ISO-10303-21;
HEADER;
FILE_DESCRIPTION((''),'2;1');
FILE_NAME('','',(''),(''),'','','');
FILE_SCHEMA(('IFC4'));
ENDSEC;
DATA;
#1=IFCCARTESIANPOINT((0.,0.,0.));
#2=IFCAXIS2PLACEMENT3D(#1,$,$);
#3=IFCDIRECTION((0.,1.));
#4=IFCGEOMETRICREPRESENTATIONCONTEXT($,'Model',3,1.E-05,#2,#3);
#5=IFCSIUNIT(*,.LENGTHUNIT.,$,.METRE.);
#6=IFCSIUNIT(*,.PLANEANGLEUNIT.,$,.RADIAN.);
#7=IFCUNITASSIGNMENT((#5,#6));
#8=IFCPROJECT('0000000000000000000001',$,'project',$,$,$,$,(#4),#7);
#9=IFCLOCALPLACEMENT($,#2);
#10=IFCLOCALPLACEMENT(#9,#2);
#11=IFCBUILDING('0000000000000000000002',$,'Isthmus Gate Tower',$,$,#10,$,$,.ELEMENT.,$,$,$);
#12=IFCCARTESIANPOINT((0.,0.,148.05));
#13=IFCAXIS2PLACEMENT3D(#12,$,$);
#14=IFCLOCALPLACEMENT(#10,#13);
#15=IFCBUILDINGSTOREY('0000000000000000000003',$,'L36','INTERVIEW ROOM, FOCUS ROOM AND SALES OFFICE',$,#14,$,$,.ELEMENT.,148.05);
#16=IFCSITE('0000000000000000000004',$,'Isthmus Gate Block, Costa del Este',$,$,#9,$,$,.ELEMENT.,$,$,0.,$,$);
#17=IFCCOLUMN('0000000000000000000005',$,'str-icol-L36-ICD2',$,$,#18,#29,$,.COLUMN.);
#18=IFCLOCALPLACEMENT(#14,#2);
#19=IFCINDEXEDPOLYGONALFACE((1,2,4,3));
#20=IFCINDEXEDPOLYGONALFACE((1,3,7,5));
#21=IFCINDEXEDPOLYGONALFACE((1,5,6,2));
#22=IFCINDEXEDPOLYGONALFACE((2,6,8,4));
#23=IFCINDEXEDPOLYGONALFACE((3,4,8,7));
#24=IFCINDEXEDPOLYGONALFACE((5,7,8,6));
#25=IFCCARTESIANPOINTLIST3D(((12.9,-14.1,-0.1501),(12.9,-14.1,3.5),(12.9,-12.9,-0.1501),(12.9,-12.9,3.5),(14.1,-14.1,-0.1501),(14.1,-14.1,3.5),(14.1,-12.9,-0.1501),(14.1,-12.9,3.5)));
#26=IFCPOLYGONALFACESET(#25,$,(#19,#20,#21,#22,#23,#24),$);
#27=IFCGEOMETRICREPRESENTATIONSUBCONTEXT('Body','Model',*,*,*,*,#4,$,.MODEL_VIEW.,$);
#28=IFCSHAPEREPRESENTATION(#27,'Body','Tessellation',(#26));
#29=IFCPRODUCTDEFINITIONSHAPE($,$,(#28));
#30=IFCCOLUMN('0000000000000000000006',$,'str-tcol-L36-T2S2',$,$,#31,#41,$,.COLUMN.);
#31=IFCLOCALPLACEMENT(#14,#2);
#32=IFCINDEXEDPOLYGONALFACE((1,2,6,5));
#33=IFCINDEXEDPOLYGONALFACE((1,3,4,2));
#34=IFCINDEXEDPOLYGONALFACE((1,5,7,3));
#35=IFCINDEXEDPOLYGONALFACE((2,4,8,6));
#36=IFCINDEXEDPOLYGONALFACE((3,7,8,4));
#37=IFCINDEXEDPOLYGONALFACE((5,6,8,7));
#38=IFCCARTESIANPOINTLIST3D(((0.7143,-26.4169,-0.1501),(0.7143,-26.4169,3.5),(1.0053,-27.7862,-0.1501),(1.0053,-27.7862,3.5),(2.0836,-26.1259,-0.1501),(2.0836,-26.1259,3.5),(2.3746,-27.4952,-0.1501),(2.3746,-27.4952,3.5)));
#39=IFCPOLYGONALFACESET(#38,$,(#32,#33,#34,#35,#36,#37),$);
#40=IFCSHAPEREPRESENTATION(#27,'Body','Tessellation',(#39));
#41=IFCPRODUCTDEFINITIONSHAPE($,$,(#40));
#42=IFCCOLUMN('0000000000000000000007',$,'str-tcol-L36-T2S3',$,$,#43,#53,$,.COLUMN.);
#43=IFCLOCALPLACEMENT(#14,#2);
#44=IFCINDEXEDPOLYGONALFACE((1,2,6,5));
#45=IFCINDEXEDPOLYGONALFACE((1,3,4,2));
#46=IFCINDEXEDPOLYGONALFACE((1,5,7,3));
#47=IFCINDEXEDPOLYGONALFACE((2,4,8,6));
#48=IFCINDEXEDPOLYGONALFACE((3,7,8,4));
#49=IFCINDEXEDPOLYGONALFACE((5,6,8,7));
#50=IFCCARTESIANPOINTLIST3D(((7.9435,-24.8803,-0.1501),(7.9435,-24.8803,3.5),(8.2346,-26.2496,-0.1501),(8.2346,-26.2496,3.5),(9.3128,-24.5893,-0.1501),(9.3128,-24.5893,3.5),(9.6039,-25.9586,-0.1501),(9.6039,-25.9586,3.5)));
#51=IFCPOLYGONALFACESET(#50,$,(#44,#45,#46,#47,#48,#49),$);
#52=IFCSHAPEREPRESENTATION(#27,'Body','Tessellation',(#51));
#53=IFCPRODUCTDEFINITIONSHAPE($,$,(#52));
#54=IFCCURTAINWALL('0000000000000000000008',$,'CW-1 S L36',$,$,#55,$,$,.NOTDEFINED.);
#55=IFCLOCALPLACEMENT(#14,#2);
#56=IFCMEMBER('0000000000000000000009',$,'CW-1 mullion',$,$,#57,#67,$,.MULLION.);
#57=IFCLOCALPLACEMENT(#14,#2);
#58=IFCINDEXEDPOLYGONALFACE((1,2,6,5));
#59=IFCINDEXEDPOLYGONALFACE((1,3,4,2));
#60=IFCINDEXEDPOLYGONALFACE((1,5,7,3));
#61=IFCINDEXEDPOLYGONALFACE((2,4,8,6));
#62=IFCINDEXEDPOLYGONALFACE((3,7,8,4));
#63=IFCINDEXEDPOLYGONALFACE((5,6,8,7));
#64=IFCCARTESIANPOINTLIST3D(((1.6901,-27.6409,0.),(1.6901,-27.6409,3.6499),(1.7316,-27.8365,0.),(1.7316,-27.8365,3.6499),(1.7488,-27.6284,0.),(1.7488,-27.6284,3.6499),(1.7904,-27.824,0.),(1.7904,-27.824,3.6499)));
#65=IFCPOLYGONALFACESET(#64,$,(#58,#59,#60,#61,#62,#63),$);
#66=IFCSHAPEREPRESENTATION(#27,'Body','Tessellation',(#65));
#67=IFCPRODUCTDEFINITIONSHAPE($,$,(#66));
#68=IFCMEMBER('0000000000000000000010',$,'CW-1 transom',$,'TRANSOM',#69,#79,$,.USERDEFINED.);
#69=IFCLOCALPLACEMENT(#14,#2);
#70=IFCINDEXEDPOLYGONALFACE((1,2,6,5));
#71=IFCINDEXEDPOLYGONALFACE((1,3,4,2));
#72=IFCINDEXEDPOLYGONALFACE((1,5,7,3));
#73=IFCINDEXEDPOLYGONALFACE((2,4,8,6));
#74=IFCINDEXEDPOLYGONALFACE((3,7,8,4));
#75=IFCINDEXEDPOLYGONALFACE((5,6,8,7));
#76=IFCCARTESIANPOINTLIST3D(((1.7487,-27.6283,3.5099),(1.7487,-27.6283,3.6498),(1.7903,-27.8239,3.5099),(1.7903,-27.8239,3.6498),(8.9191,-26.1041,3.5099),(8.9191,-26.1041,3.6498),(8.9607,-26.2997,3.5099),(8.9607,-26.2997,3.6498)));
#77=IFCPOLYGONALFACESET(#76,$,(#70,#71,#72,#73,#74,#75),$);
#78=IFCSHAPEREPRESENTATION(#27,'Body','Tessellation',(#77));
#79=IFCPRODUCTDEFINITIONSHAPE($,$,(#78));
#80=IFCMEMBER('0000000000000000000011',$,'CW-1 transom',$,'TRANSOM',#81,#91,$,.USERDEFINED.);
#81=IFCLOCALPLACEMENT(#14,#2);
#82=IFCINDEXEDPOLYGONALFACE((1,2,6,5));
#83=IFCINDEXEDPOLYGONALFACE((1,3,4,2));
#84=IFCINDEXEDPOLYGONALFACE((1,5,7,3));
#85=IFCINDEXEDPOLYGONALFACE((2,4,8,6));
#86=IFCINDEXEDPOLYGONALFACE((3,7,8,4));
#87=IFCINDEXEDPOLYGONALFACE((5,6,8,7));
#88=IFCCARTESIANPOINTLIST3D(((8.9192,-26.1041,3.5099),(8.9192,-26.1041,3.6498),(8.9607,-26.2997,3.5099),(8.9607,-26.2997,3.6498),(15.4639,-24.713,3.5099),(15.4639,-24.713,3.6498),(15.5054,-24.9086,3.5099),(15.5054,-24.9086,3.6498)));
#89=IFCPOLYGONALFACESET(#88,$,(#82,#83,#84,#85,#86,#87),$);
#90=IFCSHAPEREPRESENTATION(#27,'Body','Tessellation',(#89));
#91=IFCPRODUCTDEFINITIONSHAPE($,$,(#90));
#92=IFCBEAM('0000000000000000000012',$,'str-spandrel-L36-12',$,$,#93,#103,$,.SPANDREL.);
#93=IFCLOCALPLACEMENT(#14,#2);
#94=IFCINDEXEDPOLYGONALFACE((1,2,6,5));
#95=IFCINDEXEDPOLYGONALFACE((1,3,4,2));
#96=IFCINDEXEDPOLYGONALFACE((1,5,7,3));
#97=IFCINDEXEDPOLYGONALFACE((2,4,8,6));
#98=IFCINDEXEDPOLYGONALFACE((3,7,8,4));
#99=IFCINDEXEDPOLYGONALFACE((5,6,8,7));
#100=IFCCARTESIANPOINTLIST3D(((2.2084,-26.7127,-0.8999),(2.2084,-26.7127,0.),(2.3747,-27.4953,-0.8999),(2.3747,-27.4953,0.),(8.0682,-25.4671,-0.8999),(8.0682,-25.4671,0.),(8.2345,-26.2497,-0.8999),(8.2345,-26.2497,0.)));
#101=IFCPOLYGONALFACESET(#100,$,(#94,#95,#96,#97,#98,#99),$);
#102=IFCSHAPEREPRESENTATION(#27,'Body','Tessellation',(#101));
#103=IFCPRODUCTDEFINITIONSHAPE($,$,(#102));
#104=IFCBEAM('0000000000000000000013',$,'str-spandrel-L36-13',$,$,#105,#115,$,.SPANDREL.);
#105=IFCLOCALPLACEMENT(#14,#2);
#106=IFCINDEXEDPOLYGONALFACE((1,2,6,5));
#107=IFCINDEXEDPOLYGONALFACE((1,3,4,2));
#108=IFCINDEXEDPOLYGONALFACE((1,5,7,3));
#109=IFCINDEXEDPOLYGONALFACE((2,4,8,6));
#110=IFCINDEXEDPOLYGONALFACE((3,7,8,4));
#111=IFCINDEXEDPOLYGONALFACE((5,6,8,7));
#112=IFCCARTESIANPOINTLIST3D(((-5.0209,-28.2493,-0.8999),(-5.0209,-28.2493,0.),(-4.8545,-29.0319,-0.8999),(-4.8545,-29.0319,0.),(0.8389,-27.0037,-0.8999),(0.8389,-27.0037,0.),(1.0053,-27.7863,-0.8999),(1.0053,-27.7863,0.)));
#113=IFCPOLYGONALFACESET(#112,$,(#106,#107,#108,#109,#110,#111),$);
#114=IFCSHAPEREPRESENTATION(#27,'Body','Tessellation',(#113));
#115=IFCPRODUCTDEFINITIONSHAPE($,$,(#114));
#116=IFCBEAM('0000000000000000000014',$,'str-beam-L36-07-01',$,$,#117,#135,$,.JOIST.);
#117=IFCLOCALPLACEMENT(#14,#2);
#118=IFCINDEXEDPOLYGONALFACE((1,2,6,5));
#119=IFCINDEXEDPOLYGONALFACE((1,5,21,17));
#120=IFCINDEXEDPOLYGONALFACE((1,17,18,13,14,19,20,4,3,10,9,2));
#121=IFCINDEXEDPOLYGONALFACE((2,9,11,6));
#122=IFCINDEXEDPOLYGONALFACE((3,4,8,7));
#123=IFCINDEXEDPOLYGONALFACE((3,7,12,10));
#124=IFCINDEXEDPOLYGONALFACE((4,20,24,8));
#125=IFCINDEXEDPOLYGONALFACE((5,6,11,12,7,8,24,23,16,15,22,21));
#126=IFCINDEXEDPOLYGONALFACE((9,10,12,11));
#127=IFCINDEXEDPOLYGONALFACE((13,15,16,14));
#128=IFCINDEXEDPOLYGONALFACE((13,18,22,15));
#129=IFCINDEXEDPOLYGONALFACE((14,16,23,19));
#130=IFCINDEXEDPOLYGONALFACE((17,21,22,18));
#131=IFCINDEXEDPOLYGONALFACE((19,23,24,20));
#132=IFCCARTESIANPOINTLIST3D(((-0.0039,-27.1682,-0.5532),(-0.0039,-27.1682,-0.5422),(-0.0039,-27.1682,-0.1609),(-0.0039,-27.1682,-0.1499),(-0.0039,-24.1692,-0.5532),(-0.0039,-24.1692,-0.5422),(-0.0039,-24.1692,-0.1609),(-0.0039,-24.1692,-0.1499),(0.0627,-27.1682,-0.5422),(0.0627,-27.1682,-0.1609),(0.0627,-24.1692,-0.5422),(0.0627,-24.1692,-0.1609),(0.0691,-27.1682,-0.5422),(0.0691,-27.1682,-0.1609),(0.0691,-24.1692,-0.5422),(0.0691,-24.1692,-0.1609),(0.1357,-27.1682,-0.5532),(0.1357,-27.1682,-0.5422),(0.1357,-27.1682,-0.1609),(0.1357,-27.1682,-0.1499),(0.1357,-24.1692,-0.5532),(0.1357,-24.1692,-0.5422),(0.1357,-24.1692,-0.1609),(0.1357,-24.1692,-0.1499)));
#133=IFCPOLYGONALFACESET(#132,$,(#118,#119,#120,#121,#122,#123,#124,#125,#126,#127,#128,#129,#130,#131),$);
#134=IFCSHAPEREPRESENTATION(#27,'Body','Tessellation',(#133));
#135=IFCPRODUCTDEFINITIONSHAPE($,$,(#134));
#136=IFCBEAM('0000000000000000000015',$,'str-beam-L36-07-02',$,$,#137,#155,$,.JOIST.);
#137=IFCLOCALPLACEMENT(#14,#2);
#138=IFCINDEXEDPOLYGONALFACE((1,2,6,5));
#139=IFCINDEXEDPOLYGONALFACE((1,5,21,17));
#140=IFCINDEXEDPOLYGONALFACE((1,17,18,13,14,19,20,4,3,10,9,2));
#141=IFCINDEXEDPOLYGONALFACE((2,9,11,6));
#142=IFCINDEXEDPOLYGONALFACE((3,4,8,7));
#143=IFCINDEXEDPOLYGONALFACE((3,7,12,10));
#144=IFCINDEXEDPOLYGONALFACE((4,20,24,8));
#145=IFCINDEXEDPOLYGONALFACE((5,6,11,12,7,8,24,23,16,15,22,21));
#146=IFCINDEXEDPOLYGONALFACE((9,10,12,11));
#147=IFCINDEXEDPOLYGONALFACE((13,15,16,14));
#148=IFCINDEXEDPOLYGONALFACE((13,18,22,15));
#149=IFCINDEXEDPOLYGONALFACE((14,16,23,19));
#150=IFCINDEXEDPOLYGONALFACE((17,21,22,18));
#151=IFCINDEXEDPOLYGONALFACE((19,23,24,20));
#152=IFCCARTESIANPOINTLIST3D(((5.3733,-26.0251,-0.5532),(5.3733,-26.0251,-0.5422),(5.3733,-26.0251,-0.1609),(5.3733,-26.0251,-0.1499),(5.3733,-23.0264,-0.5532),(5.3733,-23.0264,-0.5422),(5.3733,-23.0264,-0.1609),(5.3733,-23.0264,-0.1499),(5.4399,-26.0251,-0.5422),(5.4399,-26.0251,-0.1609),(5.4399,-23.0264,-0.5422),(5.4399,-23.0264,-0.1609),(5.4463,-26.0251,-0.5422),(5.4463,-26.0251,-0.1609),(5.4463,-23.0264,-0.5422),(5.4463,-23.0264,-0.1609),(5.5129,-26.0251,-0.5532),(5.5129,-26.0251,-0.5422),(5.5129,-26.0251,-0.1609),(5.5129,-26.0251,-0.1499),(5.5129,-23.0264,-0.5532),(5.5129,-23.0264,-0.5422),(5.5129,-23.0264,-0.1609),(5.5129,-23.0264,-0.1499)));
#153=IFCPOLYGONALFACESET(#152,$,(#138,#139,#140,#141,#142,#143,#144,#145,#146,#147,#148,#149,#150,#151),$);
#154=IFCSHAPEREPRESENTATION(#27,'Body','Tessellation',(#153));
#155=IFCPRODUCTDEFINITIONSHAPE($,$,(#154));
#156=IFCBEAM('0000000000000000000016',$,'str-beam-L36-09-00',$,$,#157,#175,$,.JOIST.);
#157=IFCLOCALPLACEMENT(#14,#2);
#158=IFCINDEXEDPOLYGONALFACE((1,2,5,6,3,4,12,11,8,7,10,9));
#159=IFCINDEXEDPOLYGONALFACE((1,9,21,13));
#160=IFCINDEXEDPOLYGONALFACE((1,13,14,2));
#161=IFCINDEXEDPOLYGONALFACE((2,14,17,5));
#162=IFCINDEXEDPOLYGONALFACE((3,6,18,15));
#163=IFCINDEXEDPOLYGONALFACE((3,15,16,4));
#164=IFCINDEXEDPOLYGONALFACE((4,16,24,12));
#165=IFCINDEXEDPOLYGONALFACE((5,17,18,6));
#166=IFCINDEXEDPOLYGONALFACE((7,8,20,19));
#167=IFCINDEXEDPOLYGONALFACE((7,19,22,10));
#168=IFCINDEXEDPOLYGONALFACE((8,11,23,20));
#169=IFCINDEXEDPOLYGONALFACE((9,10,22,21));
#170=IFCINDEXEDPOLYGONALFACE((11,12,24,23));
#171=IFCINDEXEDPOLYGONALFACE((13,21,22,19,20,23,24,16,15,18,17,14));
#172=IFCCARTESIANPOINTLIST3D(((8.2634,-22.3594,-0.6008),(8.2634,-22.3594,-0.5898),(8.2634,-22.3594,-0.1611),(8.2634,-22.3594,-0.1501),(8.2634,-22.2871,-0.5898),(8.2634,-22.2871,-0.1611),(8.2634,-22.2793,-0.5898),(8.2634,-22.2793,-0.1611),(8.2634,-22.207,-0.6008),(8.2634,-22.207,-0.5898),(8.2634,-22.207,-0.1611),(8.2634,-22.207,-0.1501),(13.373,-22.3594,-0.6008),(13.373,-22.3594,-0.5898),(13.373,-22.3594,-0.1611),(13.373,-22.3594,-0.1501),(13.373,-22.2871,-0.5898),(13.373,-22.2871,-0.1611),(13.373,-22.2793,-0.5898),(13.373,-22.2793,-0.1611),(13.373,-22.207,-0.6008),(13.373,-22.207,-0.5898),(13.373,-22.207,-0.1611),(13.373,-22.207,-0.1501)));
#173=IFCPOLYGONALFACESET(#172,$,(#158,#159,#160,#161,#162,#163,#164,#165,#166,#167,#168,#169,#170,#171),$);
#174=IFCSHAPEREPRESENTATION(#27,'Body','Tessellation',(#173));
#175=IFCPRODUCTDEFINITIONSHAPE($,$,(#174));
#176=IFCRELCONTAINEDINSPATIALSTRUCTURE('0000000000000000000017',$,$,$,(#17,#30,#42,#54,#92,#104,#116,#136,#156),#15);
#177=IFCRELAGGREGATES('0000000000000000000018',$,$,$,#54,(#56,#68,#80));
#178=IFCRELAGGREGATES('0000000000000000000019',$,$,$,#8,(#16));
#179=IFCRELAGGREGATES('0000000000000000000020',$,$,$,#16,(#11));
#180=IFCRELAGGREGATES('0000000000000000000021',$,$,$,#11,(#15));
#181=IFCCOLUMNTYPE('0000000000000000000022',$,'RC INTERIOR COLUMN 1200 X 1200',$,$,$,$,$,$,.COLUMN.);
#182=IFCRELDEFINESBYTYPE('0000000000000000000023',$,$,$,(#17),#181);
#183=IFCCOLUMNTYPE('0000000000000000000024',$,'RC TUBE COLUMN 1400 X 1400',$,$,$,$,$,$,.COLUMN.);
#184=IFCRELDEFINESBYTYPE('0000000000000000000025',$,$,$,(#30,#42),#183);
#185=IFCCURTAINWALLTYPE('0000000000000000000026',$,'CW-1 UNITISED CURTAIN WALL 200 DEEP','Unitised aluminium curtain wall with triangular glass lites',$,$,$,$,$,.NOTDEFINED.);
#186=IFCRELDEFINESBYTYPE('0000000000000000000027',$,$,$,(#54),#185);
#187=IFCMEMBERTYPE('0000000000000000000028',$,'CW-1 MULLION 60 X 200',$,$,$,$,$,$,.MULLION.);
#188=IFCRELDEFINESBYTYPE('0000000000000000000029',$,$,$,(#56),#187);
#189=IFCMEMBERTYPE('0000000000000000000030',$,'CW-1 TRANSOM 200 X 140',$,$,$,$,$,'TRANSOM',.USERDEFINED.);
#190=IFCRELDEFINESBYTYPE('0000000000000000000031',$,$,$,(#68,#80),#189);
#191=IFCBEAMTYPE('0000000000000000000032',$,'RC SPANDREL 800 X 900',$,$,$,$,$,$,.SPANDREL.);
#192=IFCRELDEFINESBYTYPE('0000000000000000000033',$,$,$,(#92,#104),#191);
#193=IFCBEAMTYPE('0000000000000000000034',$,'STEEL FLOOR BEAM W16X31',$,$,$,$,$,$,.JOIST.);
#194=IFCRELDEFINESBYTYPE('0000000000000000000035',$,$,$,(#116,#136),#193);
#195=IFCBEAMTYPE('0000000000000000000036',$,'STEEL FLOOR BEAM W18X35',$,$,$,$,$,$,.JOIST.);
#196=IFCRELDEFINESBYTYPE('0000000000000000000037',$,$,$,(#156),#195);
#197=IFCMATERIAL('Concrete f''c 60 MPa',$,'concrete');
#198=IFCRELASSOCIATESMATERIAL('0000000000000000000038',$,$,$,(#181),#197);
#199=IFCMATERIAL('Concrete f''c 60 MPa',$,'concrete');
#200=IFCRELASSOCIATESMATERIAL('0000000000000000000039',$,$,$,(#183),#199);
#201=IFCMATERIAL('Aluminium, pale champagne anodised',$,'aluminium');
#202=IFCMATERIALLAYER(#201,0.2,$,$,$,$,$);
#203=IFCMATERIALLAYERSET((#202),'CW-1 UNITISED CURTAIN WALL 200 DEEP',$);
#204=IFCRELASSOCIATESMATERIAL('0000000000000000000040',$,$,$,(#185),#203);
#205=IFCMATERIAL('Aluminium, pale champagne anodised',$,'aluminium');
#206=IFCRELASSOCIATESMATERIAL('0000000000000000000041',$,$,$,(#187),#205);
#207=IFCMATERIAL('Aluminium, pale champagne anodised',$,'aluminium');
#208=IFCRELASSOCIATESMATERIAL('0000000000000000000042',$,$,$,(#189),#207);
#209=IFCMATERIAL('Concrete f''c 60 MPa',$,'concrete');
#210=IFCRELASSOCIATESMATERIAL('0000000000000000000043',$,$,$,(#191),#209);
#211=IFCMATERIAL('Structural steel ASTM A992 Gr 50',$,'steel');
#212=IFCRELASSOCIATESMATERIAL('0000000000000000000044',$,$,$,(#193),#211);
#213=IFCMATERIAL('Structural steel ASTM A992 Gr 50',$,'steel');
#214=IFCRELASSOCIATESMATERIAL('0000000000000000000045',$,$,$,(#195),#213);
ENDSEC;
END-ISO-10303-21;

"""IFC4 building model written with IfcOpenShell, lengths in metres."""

from ifc_helpers import new_model, si_unit, direction, frame, origin, origin_2d, place, context, subcontext, project, spatial, rectangle, i_section, extrude, material, layer, layer_set, material_profile, profile_set, type_object, element, aggregate, save


model = new_model("IFC4")

# Units and contexts
model_context = context("Model", 3, precision=1e-05, world=origin(), true_north=direction((0.0, 1.0)))
body_context = subcontext(model_context, "Body", "Model", "MODEL_VIEW")
ifc_project = project(units=[si_unit("LENGTHUNIT", "METRE"), si_unit("PLANEANGLEUNIT", "RADIAN")], contexts=[model_context])

# Site, building, storey
site_placement = place(None, origin())
site = spatial("IfcSite", under=ifc_project, at=site_placement, Name="Isthmus Gate Block, Costa del Este", CompositionType="ELEMENT", RefElevation=0.0)
building_placement = place(site_placement, origin())
building = spatial("IfcBuilding", under=site, at=building_placement, Name="Isthmus Gate Tower", CompositionType="ELEMENT")
storey_placement = place(building_placement, frame((0.0, 0.0, 148.05)))
storey = spatial("IfcBuildingStorey", under=building, at=storey_placement, Name="L36", Description="INTERVIEW ROOM, FOCUS ROOM AND SALES OFFICE", CompositionType="ELEMENT", Elevation=148.05)

# Columns
ifc_material_1 = material(Name="Concrete f'c 60 MPa", Category="concrete")
ifc_material_profile_1 = material_profile(ifc_material_1, rectangle(XDim=1.2, YDim=1.2, at=origin_2d()), Name="RC 1200X1200")
ifc_profile_set_1 = profile_set([ifc_material_profile_1], Name="Concrete f'c 60 MPa")
column_type_1 = type_object("IfcColumnType", Name="RC INTERIOR COLUMN 1200 X 1200", PredefinedType="COLUMN", material=ifc_profile_set_1)
column_placement = place(storey_placement, frame((13.5, -13.5, -0.1501), z_axis=(0.0, 0.0, 1.0), x_axis=(1.0, 0.0, 0.0)))
element("IfcColumn", 1, at=column_placement, inside=storey, type_object=column_type_1, Name="str-icol-L36-ICD2", PredefinedType="COLUMN", context=body_context, shape_type="SweptSolid", body=[
    extrude(rectangle(XDim=1.2, YDim=1.2, at=origin_2d()), origin(), (0.0, 0.0, 1.0), 3.6501),
])
ifc_material_2 = material(Name="Concrete f'c 60 MPa", Category="concrete")
ifc_material_profile_2 = material_profile(ifc_material_2, rectangle(XDim=1.3999, YDim=1.3999, at=origin_2d()), Name="RC 1400X1400")
ifc_profile_set_2 = profile_set([ifc_material_profile_2], Name="Concrete f'c 60 MPa")
column_type_2 = type_object("IfcColumnType", Name="RC TUBE COLUMN 1400 X 1400", PredefinedType="COLUMN", material=ifc_profile_set_2)
for number, where, z_axis, x_axis, name in (
    (2, (1.5444, -26.9561, -0.1501), (0.0, 0.0, 1.0), (0.978148, 0.207912, 0.0), "str-tcol-L36-T2S2"),
    (3, (8.7737, -25.4194, -0.1501), (0.0, 0.0, 1.0), (0.978148, 0.207912, 0.0), "str-tcol-L36-T2S3"),
):
    element("IfcColumn", number, at=place(storey_placement, frame(where, z_axis=z_axis, x_axis=x_axis)), inside=storey, type_object=column_type_2, Name=name, PredefinedType="COLUMN", context=body_context, shape_type="SweptSolid", body=[
        extrude(rectangle(XDim=1.3999, YDim=1.3999, at=origin_2d()), origin(), (0.0, 0.0, 1.0), 3.6501),
    ])

# Curtain wall, members
ifc_material_3 = material(Name="Aluminium, pale champagne anodised", Category="aluminium")
ifc_layer_1 = layer(ifc_material_3, 0.2)
ifc_layer_set_1 = layer_set([ifc_layer_1], Name="CW-1 UNITISED CURTAIN WALL 200 DEEP")
curtain_wall_type = type_object("IfcCurtainWallType", Name="CW-1 UNITISED CURTAIN WALL 200 DEEP", Description="Unitised aluminium curtain wall with triangular glass lites", PredefinedType="NOTDEFINED", material=ifc_layer_set_1)
curtain_wall_placement = place(storey_placement, origin())
curtain_wall = element("IfcCurtainWall", 4, at=curtain_wall_placement, inside=storey, type_object=curtain_wall_type, Name="CW-1 S L36", PredefinedType="NOTDEFINED")
ifc_material_4 = material(Name="Aluminium, pale champagne anodised", Category="aluminium")
ifc_material_profile_3 = material_profile(ifc_material_4, rectangle(XDim=0.0601, YDim=0.2, at=origin_2d()), Name="60x200")
ifc_profile_set_3 = profile_set([ifc_material_profile_3], Name="Aluminium, pale champagne anodised")
member_type_1 = type_object("IfcMemberType", Name="CW-1 MULLION 60 X 200", PredefinedType="MULLION", material=ifc_profile_set_3)
member_1_placement = place(storey_placement, frame((1.7402, -27.7324, 0.0), z_axis=(0.0, 0.0, 1.0), x_axis=(0.978148, 0.207912, 0.0)))
member_1 = element("IfcMember", 5, at=member_1_placement, type_object=member_type_1, Name="CW-1 mullion", PredefinedType="MULLION", context=body_context, shape_type="SweptSolid", body=[
    extrude(rectangle(XDim=0.0601, YDim=0.2, at=origin_2d()), origin(), (0.0, 0.0, 1.0), 3.6499),
])
ifc_material_5 = material(Name="Aluminium, pale champagne anodised", Category="aluminium")
ifc_material_profile_4 = material_profile(ifc_material_5, rectangle(XDim=0.2, YDim=0.1399, at=origin_2d()), Name="200x140")
ifc_profile_set_4 = profile_set([ifc_material_profile_4], Name="Aluminium, pale champagne anodised")
member_type_2 = type_object("IfcMemberType", Name="CW-1 TRANSOM 200 X 140", ElementType="TRANSOM", PredefinedType="USERDEFINED", material=ifc_profile_set_4)
member_2_placement = place(storey_placement, frame((1.7695, -27.7261, 3.5798), z_axis=(0.978146, 0.207919, 0.0), x_axis=(-0.207919, 0.978146, 0.0)))
member_2 = element("IfcMember", 6, at=member_2_placement, type_object=member_type_2, Name="CW-1 transom", ObjectType="TRANSOM", PredefinedType="USERDEFINED", context=body_context, shape_type="SweptSolid", body=[
    extrude(rectangle(XDim=0.2, YDim=0.1399, at=origin_2d()), origin(), (0.0, 0.0, 1.0), 7.3306),
])
member_3_placement = place(storey_placement, frame((8.9399, -26.2019, 3.5798), z_axis=(0.978148, 0.207912, 0.0), x_axis=(-0.207912, 0.978148, 0.0)))
member_3 = element("IfcMember", 7, at=member_3_placement, type_object=member_type_2, Name="CW-1 transom", ObjectType="TRANSOM", PredefinedType="USERDEFINED", context=body_context, shape_type="SweptSolid", body=[
    extrude(rectangle(XDim=0.2, YDim=0.1399, at=origin_2d()), origin(), (0.0, 0.0, 1.0), 6.6909),
])

# Beams
ifc_material_6 = material(Name="Concrete f'c 60 MPa", Category="concrete")
ifc_material_profile_5 = material_profile(ifc_material_6, rectangle(XDim=0.8, YDim=0.8999, at=origin_2d()), Name="RC 800X900")
ifc_profile_set_5 = profile_set([ifc_material_profile_5], Name="Concrete f'c 60 MPa")
beam_type_1 = type_object("IfcBeamType", Name="RC SPANDREL 800 X 900", PredefinedType="SPANDREL", material=ifc_profile_set_5)
for number, where, z_axis, x_axis, name in (
    (8, (8.1514, -25.8584, -0.45), (-0.978146, -0.20792, 0.0), (0.20792, -0.978146, 0.0), "str-spandrel-L36-12"),
    (9, (0.9221, -27.395, -0.45), (-0.978146, -0.20792, 0.0), (0.20792, -0.978146, 0.0), "str-spandrel-L36-13"),
):
    element("IfcBeam", number, at=place(storey_placement, frame(where, z_axis=z_axis, x_axis=x_axis)), inside=storey, type_object=beam_type_1, Name=name, PredefinedType="SPANDREL", context=body_context, shape_type="SweptSolid", body=[
        extrude(rectangle(XDim=0.8, YDim=0.8999, at=origin_2d()), origin(), (0.0, 0.0, 1.0), 5.9907),
    ])
ifc_material_7 = material(Name="Structural steel ASTM A992 Gr 50", Category="steel")
ifc_material_profile_6 = material_profile(ifc_material_7, i_section(OverallWidth=0.1396, OverallDepth=0.4033, WebThickness=0.0063, FlangeThickness=0.011, at=origin_2d()), Name="W16X31")
ifc_profile_set_6 = profile_set([ifc_material_profile_6], Name="Structural steel ASTM A992 Gr 50")
beam_type_2 = type_object("IfcBeamType", Name="STEEL FLOOR BEAM W16X31", PredefinedType="JOIST", material=ifc_profile_set_6)
beam_1_placement = place(storey_placement, frame((0.0659, -27.1682, -0.3516), z_axis=(0.0, 1.0, 0.0), x_axis=(-1.0, 0.0, 0.0)))
element("IfcBeam", 10, at=beam_1_placement, inside=storey, type_object=beam_type_2, Name="str-beam-L36-07-01", PredefinedType="JOIST", context=body_context, shape_type="SweptSolid", body=[
    extrude(i_section(OverallWidth=0.1396, OverallDepth=0.4033, WebThickness=0.0063, FlangeThickness=0.011, at=origin_2d()), origin(), (0.0, 0.0, 1.0), 2.999),
])
beam_2_placement = place(storey_placement, frame((5.4431, -26.0251, -0.3516), z_axis=(0.0, 1.0, 0.0), x_axis=(-1.0, 0.0, 0.0)))
element("IfcBeam", 11, at=beam_2_placement, inside=storey, type_object=beam_type_2, Name="str-beam-L36-07-02", PredefinedType="JOIST", context=body_context, shape_type="SweptSolid", body=[
    extrude(i_section(OverallWidth=0.1396, OverallDepth=0.4033, WebThickness=0.0063, FlangeThickness=0.011, at=origin_2d()), origin(), (0.0, 0.0, 1.0), 2.9988),
])
ifc_material_8 = material(Name="Structural steel ASTM A992 Gr 50", Category="steel")
ifc_material_profile_7 = material_profile(ifc_material_8, i_section(OverallWidth=0.1523, OverallDepth=0.4507, WebThickness=0.0078, FlangeThickness=0.011, at=origin_2d()), Name="W18X35")
ifc_profile_set_7 = profile_set([ifc_material_profile_7], Name="Structural steel ASTM A992 Gr 50")
beam_type_3 = type_object("IfcBeamType", Name="STEEL FLOOR BEAM W18X35", PredefinedType="JOIST", material=ifc_profile_set_7)
for number, where, z_axis, x_axis, name in (
    (12, (8.2634, -22.2832, -0.3755), (1.0, 0.0, 0.0), (0.0, 1.0, 0.0), "str-beam-L36-09-00"),
):
    element("IfcBeam", number, at=place(storey_placement, frame(where, z_axis=z_axis, x_axis=x_axis)), inside=storey, type_object=beam_type_3, Name=name, PredefinedType="JOIST", context=body_context, shape_type="SweptSolid", body=[
        extrude(i_section(OverallWidth=0.1523, OverallDepth=0.4507, WebThickness=0.0078, FlangeThickness=0.011, at=origin_2d()), origin(), (0.0, 0.0, 1.0), 5.1096),
    ])

aggregate(curtain_wall, [member_1, member_2, member_3])

save(model, "model.ifc")
